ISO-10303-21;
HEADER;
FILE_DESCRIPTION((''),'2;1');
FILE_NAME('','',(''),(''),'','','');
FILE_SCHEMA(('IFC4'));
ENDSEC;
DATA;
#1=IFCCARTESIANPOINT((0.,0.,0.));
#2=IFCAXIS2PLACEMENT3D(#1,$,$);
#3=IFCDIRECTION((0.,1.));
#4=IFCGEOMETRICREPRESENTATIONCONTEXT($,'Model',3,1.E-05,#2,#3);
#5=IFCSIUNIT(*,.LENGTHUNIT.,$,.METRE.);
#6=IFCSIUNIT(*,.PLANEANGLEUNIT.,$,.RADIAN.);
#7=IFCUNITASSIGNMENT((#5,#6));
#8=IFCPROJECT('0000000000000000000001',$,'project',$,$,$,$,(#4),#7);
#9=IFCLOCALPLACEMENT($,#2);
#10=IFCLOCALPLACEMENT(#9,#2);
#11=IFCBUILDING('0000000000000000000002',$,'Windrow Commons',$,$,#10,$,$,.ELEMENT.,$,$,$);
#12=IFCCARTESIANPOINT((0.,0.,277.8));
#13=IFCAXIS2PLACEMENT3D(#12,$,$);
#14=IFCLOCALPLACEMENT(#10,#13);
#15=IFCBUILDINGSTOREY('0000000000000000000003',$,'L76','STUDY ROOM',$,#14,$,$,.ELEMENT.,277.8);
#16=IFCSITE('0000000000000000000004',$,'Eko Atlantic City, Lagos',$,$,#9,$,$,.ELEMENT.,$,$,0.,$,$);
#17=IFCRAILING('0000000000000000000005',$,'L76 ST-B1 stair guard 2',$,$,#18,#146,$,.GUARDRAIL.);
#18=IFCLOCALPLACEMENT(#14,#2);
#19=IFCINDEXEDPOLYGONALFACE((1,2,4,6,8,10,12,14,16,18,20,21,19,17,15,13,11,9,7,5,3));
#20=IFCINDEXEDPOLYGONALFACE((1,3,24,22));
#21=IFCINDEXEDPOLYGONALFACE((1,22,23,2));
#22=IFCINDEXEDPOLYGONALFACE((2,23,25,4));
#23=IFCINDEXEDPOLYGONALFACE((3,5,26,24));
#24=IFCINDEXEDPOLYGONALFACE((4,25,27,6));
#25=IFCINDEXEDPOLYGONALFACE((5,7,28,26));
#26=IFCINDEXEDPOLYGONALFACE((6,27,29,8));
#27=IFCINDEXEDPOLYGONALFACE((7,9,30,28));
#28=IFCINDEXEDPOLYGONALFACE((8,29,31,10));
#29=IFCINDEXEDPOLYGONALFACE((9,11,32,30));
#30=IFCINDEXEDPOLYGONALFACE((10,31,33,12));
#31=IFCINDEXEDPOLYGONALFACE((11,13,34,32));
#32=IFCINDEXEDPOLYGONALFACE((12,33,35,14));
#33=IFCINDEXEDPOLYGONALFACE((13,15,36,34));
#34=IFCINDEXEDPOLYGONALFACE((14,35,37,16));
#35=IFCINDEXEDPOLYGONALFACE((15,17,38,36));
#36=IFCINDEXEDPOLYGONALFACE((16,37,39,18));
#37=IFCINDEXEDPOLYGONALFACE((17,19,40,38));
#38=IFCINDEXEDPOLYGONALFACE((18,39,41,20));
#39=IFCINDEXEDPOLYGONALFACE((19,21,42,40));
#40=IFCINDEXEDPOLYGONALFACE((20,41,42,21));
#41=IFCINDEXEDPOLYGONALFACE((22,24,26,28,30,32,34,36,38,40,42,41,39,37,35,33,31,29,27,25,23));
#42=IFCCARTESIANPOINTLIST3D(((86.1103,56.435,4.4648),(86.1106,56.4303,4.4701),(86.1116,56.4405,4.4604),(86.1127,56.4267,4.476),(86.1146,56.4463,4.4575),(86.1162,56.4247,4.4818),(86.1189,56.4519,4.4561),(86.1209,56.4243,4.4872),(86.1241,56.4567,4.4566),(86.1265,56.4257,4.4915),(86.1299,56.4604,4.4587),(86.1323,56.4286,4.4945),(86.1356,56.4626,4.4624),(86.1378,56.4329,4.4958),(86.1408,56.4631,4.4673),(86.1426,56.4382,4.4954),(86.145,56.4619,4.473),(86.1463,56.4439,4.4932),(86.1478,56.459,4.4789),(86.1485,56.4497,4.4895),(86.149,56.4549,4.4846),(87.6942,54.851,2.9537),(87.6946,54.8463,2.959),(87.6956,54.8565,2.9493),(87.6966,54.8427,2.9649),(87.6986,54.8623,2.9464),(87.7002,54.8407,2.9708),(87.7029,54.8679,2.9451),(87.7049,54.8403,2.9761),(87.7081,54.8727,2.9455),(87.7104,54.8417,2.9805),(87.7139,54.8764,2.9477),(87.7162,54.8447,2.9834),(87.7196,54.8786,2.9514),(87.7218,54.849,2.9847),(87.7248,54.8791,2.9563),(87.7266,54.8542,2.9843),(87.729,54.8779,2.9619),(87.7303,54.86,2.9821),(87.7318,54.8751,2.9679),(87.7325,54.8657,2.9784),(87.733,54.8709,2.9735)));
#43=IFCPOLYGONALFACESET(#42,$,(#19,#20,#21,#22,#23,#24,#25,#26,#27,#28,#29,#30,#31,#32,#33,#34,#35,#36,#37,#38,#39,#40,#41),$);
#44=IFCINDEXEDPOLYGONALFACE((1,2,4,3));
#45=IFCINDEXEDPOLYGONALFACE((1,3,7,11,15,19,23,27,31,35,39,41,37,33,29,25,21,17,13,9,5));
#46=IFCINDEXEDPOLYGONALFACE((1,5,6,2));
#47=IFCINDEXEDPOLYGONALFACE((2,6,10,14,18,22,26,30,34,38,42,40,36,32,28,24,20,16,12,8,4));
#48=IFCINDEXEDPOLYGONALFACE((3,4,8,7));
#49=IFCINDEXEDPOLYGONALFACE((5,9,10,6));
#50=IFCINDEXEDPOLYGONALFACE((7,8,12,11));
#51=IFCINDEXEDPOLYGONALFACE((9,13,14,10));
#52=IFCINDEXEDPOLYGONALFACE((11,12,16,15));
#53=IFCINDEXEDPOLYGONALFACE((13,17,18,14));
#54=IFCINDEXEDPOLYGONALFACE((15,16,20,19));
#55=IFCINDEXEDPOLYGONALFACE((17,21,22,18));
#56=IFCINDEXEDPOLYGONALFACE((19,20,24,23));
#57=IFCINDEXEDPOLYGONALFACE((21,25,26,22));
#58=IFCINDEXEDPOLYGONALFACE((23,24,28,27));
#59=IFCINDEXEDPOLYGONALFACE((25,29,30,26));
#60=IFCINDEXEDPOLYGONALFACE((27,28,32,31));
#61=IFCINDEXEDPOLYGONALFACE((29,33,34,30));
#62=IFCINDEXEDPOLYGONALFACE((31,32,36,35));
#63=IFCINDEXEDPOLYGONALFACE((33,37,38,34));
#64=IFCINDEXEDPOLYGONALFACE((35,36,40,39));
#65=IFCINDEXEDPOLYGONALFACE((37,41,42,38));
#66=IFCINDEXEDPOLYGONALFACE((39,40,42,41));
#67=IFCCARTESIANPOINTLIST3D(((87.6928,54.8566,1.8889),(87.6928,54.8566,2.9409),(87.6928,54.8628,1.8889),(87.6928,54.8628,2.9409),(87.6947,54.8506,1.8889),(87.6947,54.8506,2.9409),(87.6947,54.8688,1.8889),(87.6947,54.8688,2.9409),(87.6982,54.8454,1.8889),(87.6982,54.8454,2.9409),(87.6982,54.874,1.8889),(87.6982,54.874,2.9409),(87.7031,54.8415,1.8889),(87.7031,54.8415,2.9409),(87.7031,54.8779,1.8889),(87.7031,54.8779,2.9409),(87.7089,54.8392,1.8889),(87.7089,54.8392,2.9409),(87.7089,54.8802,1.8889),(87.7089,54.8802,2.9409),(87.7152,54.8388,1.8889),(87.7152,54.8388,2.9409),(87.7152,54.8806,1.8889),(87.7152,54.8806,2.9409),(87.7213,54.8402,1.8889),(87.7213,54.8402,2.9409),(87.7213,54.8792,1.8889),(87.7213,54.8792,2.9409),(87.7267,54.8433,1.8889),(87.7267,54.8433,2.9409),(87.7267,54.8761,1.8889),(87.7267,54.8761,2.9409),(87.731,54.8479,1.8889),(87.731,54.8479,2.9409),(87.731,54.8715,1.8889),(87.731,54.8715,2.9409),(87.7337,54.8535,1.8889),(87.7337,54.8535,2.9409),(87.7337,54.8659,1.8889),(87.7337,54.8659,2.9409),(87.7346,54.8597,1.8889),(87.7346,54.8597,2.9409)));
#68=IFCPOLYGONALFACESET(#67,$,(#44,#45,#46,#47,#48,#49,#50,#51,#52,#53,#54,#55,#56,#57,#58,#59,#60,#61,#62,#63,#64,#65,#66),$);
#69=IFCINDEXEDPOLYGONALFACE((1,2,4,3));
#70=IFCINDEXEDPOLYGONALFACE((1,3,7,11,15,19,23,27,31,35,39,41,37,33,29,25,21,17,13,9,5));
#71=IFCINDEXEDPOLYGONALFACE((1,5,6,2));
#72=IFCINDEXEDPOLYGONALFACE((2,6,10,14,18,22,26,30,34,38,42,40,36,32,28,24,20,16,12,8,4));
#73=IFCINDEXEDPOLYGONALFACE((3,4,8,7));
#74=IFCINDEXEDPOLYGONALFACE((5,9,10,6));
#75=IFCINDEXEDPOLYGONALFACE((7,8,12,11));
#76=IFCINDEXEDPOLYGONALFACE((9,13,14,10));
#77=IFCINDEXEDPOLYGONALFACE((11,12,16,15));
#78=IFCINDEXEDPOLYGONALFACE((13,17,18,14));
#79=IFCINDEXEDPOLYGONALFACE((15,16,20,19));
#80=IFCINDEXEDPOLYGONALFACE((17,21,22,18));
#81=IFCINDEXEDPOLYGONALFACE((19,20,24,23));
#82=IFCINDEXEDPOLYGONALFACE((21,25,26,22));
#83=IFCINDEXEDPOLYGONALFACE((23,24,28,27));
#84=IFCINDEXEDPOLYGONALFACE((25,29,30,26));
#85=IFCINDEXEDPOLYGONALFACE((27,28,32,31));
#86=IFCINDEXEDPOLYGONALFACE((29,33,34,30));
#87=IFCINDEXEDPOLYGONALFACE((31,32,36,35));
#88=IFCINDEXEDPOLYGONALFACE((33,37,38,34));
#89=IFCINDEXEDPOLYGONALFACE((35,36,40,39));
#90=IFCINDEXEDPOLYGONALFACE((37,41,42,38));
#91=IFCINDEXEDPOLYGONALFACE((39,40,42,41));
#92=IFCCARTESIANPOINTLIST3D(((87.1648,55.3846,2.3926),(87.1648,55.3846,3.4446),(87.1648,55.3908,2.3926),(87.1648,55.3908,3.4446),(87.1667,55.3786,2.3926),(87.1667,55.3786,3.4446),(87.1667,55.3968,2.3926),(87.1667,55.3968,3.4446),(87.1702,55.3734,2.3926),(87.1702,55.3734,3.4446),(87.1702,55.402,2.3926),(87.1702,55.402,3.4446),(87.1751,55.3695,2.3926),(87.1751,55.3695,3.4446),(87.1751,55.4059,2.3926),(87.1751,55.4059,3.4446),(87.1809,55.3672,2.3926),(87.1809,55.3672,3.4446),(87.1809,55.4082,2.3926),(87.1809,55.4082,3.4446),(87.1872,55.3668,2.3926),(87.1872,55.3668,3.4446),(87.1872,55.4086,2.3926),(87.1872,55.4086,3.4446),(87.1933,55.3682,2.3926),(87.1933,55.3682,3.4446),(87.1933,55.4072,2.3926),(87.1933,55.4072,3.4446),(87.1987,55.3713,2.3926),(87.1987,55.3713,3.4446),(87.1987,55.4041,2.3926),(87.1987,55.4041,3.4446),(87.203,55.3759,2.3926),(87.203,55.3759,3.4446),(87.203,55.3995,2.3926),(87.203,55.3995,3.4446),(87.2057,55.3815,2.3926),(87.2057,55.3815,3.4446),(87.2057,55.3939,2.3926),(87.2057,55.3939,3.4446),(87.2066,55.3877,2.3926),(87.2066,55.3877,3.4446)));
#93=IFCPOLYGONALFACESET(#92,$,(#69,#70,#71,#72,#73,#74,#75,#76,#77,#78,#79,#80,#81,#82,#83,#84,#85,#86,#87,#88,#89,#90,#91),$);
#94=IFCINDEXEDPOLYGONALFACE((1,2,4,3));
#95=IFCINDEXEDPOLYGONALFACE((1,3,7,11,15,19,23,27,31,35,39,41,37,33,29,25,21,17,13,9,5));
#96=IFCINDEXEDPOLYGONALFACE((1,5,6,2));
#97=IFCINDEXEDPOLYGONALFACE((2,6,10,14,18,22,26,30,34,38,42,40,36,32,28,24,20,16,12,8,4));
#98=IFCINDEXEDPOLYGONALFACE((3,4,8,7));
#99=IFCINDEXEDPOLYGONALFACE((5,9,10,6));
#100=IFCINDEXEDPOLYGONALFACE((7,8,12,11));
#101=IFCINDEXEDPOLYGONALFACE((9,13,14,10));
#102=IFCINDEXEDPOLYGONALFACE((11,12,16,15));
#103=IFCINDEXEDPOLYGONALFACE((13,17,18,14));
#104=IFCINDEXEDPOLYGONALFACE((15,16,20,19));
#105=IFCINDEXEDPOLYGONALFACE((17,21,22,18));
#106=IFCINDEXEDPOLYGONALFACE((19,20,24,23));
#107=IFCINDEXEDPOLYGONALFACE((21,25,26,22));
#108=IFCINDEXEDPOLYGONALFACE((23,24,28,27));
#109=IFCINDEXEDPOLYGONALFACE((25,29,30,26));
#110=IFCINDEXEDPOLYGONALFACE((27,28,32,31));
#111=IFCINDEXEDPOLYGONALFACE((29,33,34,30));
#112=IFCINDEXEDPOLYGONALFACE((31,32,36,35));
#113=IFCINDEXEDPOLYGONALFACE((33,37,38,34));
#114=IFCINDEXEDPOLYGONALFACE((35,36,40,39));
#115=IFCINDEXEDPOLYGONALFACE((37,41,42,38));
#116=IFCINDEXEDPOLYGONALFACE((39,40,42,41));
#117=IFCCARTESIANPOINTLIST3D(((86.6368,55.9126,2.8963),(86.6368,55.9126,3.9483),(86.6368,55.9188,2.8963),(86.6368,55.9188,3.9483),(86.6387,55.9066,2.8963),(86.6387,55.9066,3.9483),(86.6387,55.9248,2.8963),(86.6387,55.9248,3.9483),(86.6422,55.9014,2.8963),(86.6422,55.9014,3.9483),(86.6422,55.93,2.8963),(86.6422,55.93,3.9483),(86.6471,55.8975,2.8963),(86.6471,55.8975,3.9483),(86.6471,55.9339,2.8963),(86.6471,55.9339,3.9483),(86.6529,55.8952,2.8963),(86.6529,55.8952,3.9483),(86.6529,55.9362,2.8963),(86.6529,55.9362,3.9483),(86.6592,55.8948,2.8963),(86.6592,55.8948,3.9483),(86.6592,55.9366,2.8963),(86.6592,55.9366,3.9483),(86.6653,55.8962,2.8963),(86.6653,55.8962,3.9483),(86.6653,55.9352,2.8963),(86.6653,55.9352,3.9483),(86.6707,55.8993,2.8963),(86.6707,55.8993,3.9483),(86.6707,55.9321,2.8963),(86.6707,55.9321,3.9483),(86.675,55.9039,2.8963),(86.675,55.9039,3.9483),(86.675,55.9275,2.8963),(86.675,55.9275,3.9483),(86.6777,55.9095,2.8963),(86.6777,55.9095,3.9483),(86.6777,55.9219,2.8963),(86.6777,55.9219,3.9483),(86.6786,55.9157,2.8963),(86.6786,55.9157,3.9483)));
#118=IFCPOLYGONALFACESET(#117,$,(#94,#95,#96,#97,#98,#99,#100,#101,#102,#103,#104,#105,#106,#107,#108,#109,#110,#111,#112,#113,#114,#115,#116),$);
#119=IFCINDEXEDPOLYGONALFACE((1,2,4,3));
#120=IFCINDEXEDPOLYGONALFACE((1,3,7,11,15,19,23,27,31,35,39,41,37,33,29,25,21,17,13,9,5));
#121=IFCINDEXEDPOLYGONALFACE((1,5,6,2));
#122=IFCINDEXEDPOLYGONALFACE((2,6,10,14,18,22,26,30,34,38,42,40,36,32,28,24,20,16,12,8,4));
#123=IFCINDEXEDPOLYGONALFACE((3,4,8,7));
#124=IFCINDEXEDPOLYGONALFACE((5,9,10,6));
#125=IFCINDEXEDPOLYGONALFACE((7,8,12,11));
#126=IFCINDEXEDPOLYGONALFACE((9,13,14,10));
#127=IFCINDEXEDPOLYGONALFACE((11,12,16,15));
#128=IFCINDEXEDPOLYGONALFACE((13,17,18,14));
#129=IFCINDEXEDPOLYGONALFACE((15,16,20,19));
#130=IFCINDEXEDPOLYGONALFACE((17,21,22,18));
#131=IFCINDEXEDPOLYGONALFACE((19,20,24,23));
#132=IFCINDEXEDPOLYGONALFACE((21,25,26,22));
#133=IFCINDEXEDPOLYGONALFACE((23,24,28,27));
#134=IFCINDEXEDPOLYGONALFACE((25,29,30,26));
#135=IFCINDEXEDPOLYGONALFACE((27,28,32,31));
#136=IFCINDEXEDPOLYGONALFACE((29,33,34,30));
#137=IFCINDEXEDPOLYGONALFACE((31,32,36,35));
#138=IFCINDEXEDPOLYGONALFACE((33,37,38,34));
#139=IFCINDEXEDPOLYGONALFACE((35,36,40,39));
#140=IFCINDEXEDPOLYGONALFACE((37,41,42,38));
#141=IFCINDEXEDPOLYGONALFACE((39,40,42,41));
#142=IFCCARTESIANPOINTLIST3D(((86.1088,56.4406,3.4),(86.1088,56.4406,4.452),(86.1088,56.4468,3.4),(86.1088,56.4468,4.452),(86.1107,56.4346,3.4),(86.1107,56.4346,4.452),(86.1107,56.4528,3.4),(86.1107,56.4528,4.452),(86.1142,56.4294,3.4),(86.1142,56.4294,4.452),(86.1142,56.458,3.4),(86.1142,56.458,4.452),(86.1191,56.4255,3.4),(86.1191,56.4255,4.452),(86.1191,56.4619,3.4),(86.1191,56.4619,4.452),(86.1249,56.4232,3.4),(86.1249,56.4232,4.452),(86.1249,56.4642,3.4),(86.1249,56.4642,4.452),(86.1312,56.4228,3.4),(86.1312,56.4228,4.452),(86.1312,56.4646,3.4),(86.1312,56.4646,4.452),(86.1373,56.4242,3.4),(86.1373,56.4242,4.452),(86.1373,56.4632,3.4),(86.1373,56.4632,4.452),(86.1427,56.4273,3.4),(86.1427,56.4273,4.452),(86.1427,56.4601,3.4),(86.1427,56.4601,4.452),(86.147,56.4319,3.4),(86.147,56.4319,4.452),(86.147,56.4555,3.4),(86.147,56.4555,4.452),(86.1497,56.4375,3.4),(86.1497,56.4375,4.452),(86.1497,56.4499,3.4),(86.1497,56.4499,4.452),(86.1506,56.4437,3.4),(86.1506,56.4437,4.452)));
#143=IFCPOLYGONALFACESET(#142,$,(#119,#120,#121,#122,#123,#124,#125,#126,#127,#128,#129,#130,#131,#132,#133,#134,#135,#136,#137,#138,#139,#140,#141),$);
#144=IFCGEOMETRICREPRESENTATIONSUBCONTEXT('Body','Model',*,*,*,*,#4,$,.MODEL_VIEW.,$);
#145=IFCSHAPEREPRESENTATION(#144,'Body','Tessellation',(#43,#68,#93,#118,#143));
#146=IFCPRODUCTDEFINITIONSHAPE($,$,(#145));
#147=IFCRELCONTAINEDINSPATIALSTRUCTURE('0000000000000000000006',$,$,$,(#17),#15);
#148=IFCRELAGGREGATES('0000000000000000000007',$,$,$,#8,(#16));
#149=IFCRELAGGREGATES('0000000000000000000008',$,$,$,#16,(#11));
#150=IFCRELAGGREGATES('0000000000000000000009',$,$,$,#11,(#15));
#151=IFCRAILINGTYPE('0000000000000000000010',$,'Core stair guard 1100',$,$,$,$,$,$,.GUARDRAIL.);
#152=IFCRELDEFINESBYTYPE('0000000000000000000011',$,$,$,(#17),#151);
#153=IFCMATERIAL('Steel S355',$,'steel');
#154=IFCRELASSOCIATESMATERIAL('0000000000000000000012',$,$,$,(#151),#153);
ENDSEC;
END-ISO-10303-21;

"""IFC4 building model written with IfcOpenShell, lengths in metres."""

from ifc_helpers import new_model, si_unit, direction, frame, origin, origin_2d, place, context, subcontext, project, spatial, circle, extrude, material, type_object, element, save


model = new_model("IFC4")

# Units and contexts
model_context = context("Model", 3, precision=1e-05, world=origin(), true_north=direction((0.0, 1.0)))
body_context = subcontext(model_context, "Body", "Model", "MODEL_VIEW")
ifc_project = project(units=[si_unit("LENGTHUNIT", "METRE"), si_unit("PLANEANGLEUNIT", "RADIAN")], contexts=[model_context])

# Site, building, storey
site_placement = place(None, origin())
site = spatial("IfcSite", under=ifc_project, at=site_placement, Name="Eko Atlantic City, Lagos", CompositionType="ELEMENT", RefElevation=0.0)
building_placement = place(site_placement, origin())
building = spatial("IfcBuilding", under=site, at=building_placement, Name="Windrow Commons", CompositionType="ELEMENT")
storey_placement = place(building_placement, frame((0.0, 0.0, 277.8)))
storey = spatial("IfcBuildingStorey", under=building, at=storey_placement, Name="L76", Description="STUDY ROOM", CompositionType="ELEMENT", Elevation=277.8)

# Railing
ifc_material_1 = material(Name="Steel S355", Category="steel")
railing_type_1 = type_object("IfcRailingType", Name="Core stair guard 1100", PredefinedType="GUARDRAIL", material=ifc_material_1)
railing_1_placement = place(storey_placement, frame((87.7136, 54.8597, 1.8889)))
element("IfcRailing", 1, at=railing_1_placement, inside=storey, type_object=railing_type_1, Name="L76 ST-B1 stair guard 2", PredefinedType="GUARDRAIL", context=body_context, shape_type="SweptSolid", body=[
    extrude(circle(Radius=0.024, at=origin_2d()), frame((0.0, 0.0, 1.076), z_axis=(-0.586203, 0.586203, 0.559224), x_axis=(-0.707107, -0.707107, 0.0)), (0.0, 0.0, 1.0), 2.7021),
    extrude(circle(Radius=0.021, at=origin_2d()), origin(), (0.0, 0.0, 1.0), 1.052),
    extrude(circle(Radius=0.021, at=origin_2d()), frame((-0.528, 0.528, 0.5037)), (0.0, 0.0, 1.0), 1.052),
    extrude(circle(Radius=0.021, at=origin_2d()), frame((-1.056, 1.056, 1.0074)), (0.0, 0.0, 1.0), 1.052),
    extrude(circle(Radius=0.021, at=origin_2d()), frame((-1.584, 1.584, 1.5111)), (0.0, 0.0, 1.0), 1.052),
])

save(model, "model.ifc")
